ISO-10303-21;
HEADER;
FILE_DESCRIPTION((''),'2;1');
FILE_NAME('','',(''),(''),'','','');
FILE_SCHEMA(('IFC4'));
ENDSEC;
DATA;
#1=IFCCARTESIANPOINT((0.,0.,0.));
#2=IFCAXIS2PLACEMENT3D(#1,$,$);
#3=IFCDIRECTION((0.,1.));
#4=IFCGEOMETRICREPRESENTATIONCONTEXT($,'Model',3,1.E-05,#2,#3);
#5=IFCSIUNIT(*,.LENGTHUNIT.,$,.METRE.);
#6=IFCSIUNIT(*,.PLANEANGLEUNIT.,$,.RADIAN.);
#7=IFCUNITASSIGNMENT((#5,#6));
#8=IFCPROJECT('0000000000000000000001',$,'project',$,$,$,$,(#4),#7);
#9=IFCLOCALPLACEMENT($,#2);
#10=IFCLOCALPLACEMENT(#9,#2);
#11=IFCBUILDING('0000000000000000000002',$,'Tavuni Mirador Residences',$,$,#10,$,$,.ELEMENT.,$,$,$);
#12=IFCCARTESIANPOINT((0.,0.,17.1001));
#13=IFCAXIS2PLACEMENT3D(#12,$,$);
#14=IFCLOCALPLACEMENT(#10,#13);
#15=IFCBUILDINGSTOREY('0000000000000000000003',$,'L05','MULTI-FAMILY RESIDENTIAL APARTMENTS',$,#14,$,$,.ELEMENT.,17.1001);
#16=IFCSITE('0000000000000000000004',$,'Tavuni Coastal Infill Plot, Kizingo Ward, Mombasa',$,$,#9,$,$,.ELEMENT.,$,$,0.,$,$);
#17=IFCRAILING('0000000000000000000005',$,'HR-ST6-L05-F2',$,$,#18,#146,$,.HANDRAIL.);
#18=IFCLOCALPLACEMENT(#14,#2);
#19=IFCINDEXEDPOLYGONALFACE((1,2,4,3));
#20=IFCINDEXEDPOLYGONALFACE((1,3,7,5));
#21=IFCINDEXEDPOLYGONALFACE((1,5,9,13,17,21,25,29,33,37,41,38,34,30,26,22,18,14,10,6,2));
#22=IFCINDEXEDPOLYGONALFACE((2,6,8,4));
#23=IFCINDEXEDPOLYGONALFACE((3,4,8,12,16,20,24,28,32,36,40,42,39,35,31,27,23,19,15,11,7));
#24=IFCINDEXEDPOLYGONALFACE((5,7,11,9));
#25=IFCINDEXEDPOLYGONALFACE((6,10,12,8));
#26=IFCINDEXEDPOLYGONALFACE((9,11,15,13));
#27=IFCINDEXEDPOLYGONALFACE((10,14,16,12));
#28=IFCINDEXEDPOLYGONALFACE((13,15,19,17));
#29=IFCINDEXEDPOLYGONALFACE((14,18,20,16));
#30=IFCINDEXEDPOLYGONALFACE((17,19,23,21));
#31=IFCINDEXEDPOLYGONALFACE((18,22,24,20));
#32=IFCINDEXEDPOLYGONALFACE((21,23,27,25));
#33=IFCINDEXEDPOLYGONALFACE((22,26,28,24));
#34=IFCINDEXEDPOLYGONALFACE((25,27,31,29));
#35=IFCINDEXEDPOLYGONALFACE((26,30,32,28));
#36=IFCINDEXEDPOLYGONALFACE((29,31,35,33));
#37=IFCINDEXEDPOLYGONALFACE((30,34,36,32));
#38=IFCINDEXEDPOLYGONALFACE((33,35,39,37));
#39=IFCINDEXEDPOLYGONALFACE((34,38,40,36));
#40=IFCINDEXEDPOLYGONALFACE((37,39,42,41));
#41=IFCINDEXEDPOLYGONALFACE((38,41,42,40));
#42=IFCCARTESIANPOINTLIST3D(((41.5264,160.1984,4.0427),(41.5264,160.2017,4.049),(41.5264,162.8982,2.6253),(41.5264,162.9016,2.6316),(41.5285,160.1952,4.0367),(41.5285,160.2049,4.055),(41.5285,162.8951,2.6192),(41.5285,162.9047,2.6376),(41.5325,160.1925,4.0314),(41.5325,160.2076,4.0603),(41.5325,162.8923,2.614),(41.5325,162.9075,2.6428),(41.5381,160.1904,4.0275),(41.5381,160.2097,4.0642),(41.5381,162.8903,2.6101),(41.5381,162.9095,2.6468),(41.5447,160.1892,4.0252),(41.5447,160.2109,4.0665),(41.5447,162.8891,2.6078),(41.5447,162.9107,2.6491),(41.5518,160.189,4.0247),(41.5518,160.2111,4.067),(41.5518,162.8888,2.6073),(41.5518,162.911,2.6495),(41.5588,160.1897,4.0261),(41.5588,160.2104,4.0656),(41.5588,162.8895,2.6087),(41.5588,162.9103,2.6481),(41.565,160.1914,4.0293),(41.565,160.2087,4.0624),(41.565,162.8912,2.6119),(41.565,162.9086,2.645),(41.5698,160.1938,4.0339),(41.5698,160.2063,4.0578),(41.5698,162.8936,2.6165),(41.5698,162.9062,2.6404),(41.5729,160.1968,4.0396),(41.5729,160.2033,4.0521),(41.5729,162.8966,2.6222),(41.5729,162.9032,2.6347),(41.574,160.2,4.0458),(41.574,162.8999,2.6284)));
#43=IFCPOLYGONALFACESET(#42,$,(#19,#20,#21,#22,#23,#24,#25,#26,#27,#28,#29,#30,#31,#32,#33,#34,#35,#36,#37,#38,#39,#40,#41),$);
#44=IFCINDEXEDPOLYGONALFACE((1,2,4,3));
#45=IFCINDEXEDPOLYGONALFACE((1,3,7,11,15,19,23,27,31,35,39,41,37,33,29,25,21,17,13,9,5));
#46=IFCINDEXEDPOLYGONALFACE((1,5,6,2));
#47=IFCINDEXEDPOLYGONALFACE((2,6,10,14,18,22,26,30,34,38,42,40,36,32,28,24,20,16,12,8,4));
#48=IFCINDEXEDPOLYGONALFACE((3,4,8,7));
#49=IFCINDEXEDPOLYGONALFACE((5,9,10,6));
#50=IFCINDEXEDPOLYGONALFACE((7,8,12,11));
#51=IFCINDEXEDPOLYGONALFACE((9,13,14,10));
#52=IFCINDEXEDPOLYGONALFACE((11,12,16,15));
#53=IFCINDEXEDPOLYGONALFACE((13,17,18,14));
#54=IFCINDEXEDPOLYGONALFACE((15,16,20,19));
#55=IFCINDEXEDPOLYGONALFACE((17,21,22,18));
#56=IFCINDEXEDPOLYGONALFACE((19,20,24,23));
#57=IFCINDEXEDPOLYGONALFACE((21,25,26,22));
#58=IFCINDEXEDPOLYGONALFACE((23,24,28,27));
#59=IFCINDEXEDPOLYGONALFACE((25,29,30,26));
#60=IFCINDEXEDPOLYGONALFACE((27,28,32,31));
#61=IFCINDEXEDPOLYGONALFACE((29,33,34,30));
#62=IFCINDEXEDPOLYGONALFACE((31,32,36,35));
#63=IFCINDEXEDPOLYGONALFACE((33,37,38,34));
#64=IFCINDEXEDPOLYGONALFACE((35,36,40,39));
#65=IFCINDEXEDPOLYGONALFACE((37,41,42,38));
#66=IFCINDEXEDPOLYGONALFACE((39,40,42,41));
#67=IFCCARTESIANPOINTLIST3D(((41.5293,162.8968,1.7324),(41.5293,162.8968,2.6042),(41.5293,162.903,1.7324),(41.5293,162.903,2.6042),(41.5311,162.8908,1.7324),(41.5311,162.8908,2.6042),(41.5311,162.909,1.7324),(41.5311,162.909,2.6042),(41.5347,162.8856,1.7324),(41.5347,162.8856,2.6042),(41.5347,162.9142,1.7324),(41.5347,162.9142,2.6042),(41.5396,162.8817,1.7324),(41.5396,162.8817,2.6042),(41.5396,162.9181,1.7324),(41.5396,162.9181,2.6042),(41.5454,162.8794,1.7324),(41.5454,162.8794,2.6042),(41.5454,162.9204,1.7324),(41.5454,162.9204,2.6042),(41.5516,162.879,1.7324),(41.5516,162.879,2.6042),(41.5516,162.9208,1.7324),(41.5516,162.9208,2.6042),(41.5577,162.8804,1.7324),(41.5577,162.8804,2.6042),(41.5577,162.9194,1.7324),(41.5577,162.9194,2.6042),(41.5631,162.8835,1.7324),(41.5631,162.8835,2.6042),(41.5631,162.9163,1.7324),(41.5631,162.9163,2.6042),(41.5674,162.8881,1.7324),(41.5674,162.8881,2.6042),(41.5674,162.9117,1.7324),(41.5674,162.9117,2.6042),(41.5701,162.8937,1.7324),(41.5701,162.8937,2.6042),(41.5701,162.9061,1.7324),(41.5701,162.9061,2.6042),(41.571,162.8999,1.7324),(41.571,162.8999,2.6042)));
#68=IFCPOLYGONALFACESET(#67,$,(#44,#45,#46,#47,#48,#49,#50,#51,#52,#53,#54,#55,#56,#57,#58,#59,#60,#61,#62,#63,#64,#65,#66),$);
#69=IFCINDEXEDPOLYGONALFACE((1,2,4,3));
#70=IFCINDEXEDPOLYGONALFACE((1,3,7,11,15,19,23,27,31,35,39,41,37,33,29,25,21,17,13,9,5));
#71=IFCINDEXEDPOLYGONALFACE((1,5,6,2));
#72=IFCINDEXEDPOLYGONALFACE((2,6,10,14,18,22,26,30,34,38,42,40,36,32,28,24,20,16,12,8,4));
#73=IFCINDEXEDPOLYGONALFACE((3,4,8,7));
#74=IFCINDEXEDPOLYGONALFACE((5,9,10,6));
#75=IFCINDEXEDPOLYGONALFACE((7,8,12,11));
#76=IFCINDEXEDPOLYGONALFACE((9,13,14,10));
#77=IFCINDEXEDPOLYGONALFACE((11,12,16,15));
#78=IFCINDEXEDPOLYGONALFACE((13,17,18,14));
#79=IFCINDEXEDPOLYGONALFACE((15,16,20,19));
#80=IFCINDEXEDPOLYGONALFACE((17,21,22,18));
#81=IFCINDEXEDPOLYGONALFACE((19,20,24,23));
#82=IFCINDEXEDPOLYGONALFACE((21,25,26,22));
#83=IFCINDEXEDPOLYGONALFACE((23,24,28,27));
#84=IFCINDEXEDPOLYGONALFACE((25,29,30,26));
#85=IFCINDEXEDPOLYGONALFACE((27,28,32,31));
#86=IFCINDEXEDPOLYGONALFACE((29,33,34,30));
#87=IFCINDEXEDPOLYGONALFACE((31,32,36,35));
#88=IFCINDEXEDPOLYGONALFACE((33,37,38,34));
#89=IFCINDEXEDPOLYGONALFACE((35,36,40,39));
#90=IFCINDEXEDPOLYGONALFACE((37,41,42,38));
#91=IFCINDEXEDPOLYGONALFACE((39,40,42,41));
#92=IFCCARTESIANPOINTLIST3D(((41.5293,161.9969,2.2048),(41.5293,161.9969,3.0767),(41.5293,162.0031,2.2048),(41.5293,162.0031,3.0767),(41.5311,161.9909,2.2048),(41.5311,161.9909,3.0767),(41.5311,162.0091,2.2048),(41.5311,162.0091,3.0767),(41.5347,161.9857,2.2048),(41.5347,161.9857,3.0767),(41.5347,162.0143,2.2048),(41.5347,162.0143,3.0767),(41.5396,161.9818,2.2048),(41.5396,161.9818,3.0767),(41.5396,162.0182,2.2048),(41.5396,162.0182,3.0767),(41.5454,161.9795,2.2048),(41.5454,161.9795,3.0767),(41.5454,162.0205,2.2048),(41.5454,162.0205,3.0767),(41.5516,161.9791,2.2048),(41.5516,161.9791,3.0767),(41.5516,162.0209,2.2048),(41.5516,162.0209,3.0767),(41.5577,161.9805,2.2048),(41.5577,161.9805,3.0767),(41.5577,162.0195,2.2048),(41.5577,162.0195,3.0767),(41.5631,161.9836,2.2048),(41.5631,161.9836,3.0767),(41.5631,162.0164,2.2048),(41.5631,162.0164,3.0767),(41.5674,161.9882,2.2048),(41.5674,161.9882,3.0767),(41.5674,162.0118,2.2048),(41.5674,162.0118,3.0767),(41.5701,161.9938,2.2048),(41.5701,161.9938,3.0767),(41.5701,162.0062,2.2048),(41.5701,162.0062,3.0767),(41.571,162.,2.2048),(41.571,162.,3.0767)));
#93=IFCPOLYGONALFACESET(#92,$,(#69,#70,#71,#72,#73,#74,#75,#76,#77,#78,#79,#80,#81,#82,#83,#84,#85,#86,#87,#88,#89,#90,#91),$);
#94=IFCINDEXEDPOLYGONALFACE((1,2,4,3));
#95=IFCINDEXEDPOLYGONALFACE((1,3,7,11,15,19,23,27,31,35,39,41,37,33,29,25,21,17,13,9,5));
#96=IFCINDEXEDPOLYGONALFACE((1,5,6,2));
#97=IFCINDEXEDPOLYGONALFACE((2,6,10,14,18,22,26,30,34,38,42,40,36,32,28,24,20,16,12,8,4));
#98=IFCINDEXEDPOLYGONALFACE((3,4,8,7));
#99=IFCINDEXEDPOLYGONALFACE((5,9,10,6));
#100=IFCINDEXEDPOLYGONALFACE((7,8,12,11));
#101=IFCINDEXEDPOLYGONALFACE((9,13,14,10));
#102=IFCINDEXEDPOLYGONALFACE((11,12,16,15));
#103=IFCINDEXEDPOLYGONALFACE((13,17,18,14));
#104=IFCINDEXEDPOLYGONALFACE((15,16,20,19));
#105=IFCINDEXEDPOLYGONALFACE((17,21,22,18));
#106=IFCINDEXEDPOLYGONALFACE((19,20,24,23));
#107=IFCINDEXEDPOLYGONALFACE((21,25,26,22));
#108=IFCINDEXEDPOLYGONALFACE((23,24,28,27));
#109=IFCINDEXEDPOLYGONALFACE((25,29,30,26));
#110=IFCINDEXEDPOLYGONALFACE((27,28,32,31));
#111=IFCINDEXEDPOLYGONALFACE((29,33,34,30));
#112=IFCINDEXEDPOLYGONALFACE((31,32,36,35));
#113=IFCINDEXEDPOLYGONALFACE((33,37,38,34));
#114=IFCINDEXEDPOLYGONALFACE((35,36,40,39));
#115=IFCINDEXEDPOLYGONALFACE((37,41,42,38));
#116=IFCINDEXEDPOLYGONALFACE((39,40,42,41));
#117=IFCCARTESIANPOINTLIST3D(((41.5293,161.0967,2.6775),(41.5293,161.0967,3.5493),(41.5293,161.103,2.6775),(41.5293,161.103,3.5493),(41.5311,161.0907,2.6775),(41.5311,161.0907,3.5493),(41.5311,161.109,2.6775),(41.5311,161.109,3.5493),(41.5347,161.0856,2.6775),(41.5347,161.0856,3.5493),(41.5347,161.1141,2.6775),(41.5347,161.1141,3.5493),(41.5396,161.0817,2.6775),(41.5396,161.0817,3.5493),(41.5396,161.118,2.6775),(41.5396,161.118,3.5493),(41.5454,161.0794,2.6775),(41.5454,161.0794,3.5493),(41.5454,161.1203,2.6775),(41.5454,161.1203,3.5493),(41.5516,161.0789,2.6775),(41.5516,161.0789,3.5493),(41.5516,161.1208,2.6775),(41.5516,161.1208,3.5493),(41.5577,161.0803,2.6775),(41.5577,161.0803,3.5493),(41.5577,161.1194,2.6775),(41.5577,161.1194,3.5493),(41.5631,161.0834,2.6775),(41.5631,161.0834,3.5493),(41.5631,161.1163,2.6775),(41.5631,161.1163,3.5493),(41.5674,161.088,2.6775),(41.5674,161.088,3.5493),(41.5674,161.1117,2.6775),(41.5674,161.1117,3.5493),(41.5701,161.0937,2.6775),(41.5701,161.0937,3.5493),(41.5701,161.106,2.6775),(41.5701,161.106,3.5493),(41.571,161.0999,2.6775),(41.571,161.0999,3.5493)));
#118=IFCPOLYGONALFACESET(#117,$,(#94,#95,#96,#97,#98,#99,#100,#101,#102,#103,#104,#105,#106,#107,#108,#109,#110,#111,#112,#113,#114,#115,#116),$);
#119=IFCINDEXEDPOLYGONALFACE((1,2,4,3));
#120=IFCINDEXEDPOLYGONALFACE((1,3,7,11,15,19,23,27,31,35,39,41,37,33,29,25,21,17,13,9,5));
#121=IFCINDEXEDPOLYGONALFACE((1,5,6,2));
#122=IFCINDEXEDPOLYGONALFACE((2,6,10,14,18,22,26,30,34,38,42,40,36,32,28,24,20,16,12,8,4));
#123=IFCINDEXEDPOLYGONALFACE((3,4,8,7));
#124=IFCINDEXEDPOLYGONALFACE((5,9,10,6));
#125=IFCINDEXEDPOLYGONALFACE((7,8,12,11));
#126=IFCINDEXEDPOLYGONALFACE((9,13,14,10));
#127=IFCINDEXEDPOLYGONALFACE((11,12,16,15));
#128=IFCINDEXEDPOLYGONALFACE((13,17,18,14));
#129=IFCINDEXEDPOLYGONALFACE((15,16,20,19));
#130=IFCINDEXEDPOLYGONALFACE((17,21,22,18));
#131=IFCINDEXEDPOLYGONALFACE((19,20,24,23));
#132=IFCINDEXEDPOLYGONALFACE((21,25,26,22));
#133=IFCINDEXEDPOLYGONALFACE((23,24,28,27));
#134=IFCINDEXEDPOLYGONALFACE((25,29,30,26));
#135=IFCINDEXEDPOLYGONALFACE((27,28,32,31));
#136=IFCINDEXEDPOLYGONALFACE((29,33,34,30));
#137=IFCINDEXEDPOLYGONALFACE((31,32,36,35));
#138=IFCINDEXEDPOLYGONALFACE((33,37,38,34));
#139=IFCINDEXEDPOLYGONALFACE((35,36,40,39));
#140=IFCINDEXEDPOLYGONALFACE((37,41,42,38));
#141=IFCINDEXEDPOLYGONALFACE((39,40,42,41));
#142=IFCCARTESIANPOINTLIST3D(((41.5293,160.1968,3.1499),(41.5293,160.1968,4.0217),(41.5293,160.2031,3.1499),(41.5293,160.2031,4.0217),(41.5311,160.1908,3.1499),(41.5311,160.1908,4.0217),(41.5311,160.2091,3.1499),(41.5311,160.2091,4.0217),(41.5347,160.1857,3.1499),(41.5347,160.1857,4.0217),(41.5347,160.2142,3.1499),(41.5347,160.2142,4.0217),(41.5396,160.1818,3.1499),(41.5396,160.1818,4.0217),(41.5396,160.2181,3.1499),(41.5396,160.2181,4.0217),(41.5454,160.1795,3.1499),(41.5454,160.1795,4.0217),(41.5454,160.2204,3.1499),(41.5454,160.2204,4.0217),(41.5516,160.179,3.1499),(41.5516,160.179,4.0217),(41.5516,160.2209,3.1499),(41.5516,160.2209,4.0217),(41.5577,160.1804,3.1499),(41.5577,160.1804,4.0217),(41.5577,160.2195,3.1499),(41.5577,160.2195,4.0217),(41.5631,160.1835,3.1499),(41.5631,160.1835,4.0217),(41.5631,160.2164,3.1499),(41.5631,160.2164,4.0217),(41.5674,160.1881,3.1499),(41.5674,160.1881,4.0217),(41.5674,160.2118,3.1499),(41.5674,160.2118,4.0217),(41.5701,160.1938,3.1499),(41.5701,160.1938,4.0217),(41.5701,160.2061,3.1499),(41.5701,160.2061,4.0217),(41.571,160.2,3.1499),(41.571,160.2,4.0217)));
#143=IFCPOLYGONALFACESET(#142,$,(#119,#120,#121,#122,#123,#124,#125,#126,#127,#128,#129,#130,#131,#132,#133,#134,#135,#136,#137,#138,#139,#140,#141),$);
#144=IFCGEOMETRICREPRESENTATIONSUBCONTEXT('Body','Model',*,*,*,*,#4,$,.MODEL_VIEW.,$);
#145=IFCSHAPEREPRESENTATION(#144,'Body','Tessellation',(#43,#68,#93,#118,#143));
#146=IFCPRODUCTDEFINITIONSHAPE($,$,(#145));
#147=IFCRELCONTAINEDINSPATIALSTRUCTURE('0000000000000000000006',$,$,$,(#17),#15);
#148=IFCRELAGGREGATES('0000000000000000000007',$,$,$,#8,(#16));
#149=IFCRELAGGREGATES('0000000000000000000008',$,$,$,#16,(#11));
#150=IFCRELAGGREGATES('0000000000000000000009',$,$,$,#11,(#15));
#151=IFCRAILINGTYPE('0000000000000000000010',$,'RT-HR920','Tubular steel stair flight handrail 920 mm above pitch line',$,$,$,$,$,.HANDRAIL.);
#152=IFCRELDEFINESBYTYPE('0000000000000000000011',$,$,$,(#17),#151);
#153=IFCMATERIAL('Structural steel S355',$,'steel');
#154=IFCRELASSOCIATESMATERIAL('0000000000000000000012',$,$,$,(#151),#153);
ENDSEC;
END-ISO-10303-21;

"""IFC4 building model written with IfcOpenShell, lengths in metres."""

from ifc_helpers import new_model, si_unit, direction, frame, origin, origin_2d, place, context, subcontext, project, spatial, circle, extrude, material, type_object, element, save


model = new_model("IFC4")

# Units and contexts
model_context = context("Model", 3, precision=1e-05, world=origin(), true_north=direction((0.0, 1.0)))
body_context = subcontext(model_context, "Body", "Model", "MODEL_VIEW")
ifc_project = project(units=[si_unit("LENGTHUNIT", "METRE"), si_unit("PLANEANGLEUNIT", "RADIAN")], contexts=[model_context])

# Site, building, storey
site_placement = place(None, origin())
site = spatial("IfcSite", under=ifc_project, at=site_placement, Name="Tavuni Coastal Infill Plot, Kizingo Ward, Mombasa", CompositionType="ELEMENT", RefElevation=0.0)
building_placement = place(site_placement, origin())
building = spatial("IfcBuilding", under=site, at=building_placement, Name="Tavuni Mirador Residences", CompositionType="ELEMENT")
storey_placement = place(building_placement, frame((0.0, 0.0, 17.1001)))
storey = spatial("IfcBuildingStorey", under=building, at=storey_placement, Name="L05", Description="MULTI-FAMILY RESIDENTIAL APARTMENTS", CompositionType="ELEMENT", Elevation=17.1001)

# Shared definitions
ifc_material_1 = material(Name="Structural steel S355", Category="steel")

# Railing
railing_type_1 = type_object("IfcRailingType", Name="RT-HR920", Description="Tubular steel stair flight handrail 920 mm above pitch line", PredefinedType="HANDRAIL", material=ifc_material_1)
railing_1_placement = place(storey_placement, frame((41.55, 162.8999, 1.7324)))
element("IfcRailing", 1, at=railing_1_placement, inside=storey, type_object=railing_type_1, Name="HR-ST6-L05-F2", PredefinedType="HANDRAIL", context=body_context, shape_type="SweptSolid", body=[
    extrude(circle(Radius=0.0239, at=origin_2d()), frame((0.0, 0.0, 0.896), z_axis=(0.0, -0.885397, 0.464835), x_axis=(1.0, 0.0, 0.0)), (0.0, 0.0, 1.0), 3.0493),
    extrude(circle(Radius=0.021, at=origin_2d()), origin(), (0.0, 0.0, 1.0), 0.8718),
    extrude(circle(Radius=0.021, at=origin_2d()), frame((0.0, -0.8999, 0.4724)), (0.0, 0.0, 1.0), 0.8718),
    extrude(circle(Radius=0.021, at=origin_2d()), frame((0.0, -1.8, 0.9451)), (0.0, 0.0, 1.0), 0.8718),
    extrude(circle(Radius=0.021, at=origin_2d()), frame((0.0, -2.7, 1.4175)), (0.0, 0.0, 1.0), 0.8718),
])

save(model, "model.ifc")
